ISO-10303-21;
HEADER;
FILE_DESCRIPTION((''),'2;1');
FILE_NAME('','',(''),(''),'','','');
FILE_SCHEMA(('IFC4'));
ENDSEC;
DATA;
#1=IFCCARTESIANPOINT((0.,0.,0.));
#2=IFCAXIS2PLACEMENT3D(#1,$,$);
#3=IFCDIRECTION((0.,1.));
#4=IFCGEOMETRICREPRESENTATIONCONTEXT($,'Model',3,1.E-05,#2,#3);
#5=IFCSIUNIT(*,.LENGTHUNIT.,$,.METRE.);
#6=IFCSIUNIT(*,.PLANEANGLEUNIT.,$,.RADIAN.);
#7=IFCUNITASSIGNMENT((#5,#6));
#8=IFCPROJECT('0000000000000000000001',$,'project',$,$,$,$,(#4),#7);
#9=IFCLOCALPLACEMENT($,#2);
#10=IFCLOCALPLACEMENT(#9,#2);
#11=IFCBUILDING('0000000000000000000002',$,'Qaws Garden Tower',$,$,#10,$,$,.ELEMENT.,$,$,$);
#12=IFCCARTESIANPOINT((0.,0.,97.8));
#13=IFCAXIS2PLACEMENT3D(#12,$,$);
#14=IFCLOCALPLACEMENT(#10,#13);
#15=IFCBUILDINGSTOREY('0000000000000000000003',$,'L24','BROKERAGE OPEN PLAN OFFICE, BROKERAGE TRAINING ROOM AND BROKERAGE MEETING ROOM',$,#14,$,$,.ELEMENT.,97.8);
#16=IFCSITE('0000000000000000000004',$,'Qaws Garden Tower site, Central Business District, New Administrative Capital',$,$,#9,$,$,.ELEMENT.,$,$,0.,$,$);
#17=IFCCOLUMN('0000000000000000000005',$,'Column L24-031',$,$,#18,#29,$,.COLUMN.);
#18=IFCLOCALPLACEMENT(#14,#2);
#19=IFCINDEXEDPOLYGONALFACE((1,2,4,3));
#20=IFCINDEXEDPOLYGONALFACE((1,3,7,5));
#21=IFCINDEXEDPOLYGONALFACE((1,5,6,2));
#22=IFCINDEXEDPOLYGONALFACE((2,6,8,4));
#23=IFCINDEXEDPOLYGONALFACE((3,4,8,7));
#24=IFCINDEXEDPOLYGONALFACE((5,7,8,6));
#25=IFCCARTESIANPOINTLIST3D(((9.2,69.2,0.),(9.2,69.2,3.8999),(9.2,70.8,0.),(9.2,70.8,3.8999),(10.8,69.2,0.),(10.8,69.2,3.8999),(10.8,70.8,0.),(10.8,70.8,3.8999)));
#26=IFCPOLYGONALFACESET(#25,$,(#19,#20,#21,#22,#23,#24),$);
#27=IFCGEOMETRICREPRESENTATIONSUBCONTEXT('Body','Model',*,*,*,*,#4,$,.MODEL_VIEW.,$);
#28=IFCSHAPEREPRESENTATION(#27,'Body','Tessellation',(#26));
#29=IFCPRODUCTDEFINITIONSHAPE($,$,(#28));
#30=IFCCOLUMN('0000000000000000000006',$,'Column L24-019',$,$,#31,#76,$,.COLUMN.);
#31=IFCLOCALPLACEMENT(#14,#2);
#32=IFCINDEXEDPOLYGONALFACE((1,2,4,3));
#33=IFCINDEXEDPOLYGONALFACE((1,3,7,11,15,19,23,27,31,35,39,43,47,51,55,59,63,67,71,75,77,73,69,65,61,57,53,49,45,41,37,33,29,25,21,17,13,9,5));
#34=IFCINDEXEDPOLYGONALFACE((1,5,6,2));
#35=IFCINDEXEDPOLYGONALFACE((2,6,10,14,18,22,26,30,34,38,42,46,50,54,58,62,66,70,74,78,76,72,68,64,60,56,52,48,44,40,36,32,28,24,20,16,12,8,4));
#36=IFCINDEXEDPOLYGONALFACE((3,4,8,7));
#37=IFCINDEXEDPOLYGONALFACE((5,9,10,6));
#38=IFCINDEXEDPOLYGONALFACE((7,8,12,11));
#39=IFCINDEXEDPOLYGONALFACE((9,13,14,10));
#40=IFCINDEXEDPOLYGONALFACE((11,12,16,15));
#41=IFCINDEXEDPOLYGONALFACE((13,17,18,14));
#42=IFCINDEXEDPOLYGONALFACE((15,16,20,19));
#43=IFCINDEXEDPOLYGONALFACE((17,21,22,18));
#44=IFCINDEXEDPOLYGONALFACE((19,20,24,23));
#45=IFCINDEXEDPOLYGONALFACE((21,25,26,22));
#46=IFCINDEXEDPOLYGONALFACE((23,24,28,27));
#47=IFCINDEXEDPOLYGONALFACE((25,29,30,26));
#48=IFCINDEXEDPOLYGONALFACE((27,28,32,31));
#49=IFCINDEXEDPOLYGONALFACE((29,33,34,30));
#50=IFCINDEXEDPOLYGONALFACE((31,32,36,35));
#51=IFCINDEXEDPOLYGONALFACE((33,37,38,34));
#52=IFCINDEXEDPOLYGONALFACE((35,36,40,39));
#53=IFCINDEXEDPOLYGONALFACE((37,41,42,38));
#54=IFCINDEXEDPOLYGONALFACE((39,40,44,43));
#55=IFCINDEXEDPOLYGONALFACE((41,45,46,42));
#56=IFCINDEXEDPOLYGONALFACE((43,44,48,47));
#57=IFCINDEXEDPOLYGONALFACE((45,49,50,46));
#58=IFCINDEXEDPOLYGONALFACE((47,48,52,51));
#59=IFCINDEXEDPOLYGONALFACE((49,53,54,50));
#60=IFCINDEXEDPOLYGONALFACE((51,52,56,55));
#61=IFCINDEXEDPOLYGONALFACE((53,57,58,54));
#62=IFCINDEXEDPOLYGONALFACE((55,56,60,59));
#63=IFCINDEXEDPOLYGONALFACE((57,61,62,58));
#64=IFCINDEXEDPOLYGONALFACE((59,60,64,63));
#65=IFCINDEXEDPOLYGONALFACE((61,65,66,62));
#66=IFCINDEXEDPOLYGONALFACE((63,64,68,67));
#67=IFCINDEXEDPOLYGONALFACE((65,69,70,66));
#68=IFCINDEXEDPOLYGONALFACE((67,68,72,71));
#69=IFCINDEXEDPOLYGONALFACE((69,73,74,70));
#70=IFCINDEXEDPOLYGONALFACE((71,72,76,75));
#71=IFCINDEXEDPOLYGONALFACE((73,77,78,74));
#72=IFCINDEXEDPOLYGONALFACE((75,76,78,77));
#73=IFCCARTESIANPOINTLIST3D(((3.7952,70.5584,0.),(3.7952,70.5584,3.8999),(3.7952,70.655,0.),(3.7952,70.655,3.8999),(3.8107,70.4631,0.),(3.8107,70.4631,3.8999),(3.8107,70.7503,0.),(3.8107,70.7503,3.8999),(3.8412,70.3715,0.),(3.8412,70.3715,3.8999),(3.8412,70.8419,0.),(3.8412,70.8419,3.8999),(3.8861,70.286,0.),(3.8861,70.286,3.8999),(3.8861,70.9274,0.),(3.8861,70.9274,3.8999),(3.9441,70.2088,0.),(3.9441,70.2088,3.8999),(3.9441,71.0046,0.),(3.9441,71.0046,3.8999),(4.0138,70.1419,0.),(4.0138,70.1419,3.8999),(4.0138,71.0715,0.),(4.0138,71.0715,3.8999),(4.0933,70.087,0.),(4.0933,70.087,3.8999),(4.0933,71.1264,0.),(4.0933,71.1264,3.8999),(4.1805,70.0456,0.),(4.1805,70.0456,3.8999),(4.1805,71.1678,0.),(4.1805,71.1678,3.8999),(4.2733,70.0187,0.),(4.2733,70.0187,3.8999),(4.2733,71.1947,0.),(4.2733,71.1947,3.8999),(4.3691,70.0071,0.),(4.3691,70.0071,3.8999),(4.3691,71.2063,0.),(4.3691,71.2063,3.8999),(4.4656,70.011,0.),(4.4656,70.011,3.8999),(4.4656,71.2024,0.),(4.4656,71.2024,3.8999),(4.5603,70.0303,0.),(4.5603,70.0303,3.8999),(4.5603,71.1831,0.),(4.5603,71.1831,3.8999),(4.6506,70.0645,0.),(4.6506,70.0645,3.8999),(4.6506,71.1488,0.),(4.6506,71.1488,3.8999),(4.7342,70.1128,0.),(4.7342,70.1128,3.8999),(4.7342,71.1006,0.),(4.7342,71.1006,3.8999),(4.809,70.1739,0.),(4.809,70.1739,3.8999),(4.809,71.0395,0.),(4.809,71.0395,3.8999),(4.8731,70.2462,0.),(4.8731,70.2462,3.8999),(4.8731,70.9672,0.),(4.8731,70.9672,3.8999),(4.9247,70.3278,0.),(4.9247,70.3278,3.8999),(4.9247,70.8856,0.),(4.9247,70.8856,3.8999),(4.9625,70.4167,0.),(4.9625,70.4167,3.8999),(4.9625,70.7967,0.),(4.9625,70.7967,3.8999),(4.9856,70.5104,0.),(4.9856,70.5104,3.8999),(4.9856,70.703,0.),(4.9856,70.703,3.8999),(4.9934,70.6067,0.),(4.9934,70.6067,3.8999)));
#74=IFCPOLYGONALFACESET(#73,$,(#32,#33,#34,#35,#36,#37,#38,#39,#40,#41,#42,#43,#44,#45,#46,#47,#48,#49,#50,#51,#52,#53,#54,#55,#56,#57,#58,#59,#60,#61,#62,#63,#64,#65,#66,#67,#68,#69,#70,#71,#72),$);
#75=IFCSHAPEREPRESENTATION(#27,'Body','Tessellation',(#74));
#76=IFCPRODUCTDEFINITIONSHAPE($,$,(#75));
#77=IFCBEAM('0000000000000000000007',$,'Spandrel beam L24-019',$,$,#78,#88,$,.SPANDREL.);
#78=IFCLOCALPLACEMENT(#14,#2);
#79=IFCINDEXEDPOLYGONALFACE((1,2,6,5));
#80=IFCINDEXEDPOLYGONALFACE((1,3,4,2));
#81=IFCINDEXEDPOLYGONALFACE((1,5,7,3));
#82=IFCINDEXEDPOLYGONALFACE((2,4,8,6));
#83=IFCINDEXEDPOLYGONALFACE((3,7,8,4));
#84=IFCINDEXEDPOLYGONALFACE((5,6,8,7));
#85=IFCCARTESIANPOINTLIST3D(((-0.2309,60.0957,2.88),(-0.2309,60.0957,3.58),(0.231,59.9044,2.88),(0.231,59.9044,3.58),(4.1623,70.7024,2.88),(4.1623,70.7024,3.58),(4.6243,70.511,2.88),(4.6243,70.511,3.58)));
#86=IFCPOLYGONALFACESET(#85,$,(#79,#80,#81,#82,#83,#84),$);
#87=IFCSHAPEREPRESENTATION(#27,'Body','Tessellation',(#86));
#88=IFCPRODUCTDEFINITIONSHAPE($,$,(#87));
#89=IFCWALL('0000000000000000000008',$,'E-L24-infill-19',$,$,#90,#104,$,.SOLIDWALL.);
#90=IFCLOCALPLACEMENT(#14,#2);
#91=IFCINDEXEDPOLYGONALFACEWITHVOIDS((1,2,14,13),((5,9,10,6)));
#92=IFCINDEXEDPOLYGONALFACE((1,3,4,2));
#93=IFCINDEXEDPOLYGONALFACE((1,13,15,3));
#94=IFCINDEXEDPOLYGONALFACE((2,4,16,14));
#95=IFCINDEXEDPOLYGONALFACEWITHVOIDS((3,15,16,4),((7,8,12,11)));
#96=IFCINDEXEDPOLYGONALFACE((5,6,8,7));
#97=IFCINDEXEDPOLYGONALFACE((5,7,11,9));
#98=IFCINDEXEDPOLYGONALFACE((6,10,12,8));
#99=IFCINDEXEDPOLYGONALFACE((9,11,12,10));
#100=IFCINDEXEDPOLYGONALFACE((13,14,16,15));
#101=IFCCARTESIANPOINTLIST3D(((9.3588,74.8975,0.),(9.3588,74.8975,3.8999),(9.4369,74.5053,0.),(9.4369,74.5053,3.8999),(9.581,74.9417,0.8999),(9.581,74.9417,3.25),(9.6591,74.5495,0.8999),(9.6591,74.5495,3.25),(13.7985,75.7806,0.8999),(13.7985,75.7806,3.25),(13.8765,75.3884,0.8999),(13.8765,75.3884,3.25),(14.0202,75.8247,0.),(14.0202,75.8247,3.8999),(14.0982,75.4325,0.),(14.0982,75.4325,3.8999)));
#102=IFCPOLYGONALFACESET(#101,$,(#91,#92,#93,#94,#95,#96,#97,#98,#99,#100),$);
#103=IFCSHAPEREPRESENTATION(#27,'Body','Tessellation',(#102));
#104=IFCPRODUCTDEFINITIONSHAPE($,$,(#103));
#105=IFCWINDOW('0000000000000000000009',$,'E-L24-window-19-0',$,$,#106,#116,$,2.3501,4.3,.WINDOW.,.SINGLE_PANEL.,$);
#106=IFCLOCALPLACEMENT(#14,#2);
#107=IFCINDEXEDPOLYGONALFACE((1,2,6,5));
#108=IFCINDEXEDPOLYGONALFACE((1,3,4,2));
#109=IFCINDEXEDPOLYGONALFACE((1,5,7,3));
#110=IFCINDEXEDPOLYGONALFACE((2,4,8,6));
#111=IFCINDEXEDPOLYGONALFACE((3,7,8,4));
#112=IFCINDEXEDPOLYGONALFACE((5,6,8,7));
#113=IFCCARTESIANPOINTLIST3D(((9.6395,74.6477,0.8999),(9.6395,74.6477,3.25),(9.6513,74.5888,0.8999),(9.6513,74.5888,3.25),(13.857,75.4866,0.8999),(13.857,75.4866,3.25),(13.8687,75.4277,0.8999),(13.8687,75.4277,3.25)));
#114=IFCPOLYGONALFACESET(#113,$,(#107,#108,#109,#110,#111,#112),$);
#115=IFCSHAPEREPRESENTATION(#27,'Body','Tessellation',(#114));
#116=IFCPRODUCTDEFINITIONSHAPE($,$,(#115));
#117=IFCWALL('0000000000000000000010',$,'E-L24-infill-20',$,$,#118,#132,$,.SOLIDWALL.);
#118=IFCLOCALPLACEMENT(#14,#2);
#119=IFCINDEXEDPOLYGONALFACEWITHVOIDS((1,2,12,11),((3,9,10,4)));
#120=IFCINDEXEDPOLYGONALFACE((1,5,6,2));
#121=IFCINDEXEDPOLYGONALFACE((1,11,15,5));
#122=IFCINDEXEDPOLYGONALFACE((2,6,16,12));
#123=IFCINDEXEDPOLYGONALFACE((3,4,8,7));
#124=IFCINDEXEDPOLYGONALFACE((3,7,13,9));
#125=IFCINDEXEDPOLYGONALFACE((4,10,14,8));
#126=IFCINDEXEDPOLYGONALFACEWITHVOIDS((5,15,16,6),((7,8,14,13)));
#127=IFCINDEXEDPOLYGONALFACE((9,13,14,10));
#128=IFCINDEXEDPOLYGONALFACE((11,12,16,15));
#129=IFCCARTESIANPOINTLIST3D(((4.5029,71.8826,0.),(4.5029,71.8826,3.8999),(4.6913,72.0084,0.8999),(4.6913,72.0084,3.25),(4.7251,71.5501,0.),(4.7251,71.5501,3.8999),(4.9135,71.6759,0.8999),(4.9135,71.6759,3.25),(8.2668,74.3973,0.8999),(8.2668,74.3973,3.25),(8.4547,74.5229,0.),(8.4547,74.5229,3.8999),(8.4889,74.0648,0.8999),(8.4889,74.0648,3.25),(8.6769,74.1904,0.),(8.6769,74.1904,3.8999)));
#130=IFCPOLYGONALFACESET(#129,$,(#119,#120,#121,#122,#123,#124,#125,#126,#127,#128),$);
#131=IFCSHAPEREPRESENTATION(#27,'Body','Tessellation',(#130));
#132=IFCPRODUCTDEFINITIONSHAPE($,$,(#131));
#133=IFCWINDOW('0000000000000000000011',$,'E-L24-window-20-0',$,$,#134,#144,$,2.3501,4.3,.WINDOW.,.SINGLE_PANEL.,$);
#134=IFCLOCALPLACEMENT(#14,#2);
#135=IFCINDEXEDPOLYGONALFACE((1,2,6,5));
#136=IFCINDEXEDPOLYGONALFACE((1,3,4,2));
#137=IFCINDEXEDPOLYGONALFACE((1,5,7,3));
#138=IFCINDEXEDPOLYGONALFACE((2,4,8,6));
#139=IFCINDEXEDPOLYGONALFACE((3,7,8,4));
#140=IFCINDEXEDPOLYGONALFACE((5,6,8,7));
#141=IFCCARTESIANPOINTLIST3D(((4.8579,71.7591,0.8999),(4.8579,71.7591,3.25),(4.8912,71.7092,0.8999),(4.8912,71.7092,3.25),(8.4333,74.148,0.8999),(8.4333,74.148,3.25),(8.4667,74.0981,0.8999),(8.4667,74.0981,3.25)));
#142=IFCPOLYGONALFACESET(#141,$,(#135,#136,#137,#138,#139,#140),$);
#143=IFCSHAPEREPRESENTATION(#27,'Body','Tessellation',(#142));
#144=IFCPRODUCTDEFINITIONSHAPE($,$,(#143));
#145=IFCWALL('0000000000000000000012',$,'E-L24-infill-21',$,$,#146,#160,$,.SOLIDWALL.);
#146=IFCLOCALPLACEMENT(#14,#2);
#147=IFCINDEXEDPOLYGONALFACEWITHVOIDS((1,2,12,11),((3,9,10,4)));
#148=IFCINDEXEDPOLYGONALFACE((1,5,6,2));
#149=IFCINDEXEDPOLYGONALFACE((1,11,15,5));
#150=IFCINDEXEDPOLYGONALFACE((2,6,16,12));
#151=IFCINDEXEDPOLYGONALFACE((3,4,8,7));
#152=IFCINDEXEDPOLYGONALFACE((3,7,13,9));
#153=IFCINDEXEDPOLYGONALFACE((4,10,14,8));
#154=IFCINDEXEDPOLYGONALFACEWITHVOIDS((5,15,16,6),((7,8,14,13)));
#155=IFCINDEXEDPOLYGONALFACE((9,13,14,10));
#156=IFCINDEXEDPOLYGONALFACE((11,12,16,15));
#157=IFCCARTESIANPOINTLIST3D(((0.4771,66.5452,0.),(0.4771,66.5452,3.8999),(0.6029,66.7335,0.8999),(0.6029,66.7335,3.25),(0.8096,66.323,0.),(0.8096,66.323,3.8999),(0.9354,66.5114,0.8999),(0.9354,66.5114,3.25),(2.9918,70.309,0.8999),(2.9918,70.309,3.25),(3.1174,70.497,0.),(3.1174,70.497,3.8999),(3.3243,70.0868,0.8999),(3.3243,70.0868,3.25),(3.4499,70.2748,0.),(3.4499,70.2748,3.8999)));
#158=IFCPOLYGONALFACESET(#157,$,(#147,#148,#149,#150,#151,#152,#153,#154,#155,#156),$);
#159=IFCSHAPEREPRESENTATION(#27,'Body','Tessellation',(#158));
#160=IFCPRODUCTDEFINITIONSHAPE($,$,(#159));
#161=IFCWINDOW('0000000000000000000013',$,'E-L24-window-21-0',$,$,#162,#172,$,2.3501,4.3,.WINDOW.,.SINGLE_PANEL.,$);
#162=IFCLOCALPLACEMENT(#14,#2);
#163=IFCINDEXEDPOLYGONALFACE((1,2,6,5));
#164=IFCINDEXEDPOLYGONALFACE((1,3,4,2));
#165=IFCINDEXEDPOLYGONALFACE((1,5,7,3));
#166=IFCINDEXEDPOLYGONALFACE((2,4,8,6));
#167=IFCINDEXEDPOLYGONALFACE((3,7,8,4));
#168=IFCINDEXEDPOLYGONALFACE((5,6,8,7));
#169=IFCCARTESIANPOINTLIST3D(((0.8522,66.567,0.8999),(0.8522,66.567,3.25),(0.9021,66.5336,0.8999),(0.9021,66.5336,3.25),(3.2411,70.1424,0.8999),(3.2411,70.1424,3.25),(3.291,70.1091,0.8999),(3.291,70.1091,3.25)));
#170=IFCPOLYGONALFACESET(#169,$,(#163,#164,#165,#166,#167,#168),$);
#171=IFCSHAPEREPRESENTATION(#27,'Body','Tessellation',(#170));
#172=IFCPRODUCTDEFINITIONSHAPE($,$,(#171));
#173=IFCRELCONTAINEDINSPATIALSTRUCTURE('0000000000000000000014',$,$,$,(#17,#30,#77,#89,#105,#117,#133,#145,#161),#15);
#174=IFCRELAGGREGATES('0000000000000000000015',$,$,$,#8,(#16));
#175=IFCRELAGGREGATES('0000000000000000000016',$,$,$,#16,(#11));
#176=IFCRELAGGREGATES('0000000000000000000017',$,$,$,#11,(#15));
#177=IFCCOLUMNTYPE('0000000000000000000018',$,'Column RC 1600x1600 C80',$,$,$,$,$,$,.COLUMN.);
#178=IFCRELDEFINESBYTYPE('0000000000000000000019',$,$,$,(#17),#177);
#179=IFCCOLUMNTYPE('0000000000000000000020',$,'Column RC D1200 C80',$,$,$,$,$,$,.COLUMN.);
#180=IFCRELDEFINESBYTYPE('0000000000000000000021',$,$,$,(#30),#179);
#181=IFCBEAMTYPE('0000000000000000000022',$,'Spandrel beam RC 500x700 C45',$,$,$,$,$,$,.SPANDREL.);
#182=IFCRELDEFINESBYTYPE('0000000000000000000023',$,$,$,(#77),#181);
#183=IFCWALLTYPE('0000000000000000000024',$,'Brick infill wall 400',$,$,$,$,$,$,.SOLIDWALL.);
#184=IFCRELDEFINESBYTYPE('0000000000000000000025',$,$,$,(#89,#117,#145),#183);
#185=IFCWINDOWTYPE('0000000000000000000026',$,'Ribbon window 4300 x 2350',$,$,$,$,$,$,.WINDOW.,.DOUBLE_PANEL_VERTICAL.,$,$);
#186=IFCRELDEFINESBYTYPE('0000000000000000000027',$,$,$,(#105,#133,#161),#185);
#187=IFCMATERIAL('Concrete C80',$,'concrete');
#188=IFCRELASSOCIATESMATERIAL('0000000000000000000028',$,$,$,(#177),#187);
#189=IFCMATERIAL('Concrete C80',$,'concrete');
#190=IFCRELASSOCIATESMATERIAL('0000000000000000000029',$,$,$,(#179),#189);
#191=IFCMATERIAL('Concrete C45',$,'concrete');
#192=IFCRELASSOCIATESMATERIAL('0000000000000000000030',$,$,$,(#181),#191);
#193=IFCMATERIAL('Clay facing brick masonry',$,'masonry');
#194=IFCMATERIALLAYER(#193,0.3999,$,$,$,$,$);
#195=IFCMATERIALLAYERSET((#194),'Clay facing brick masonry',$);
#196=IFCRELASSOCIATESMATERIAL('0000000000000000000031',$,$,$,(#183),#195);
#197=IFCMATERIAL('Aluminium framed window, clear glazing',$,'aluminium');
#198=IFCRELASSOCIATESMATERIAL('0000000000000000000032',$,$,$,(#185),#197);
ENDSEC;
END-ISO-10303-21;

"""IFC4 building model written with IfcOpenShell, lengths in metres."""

from ifc_helpers import new_model, si_unit, direction, frame, frame_2d, origin, origin_2d, place, context, subcontext, project, spatial, rectangle, circle, extrude, material, layer, layer_set, material_profile, profile_set, type_object, element, fill, save


model = new_model("IFC4")

# Units and contexts
model_context = context("Model", 3, precision=1e-05, world=origin(), true_north=direction((0.0, 1.0)))
body_context = subcontext(model_context, "Body", "Model", "MODEL_VIEW")
ifc_project = project(units=[si_unit("LENGTHUNIT", "METRE"), si_unit("PLANEANGLEUNIT", "RADIAN")], contexts=[model_context])

# Site, building, storey
site_placement = place(None, origin())
site = spatial("IfcSite", under=ifc_project, at=site_placement, Name="Qaws Garden Tower site, Central Business District, New Administrative Capital", CompositionType="ELEMENT", RefElevation=0.0)
building_placement = place(site_placement, origin())
building = spatial("IfcBuilding", under=site, at=building_placement, Name="Qaws Garden Tower", CompositionType="ELEMENT")
storey_placement = place(building_placement, frame((0.0, 0.0, 97.8)))
storey = spatial("IfcBuildingStorey", under=building, at=storey_placement, Name="L24", Description="BROKERAGE OPEN PLAN OFFICE, BROKERAGE TRAINING ROOM AND BROKERAGE MEETING ROOM", CompositionType="ELEMENT", Elevation=97.8)

# Columns
ifc_material_1 = material(Name="Concrete C80", Category="concrete")
ifc_material_profile_1 = material_profile(ifc_material_1, rectangle(XDim=1.6001, YDim=1.6001, at=origin_2d()), Name="RC 1600x1600")
ifc_profile_set_1 = profile_set([ifc_material_profile_1], Name="Concrete C80")
column_type_1 = type_object("IfcColumnType", Name="Column RC 1600x1600 C80", PredefinedType="COLUMN", material=ifc_profile_set_1)
column_1_placement = place(storey_placement, frame((10.0, 70.0, 0.0), z_axis=(0.0, 0.0, 1.0), x_axis=(1.0, 0.0, 0.0)))
element("IfcColumn", 1, at=column_1_placement, inside=storey, type_object=column_type_1, Name="Column L24-031", PredefinedType="COLUMN", context=body_context, shape_type="SweptSolid", body=[
    extrude(rectangle(XDim=1.6001, YDim=1.6001, at=origin_2d()), origin(), (0.0, 0.0, 1.0), 3.8999),
])
ifc_material_2 = material(Name="Concrete C80", Category="concrete")
ifc_material_profile_2 = material_profile(ifc_material_2, circle(Radius=0.6001, at=origin_2d()), Name="RC D1200")
ifc_profile_set_2 = profile_set([ifc_material_profile_2], Name="Concrete C80")
column_type_2 = type_object("IfcColumnType", Name="Column RC D1200 C80", PredefinedType="COLUMN", material=ifc_profile_set_2)
column_2_placement = place(storey_placement, frame((4.3933, 70.6067, 0.0), z_axis=(0.0, 0.0, 1.0), x_axis=(1.0, 0.0, 0.0)))
element("IfcColumn", 2, at=column_2_placement, inside=storey, type_object=column_type_2, Name="Column L24-019", PredefinedType="COLUMN", context=body_context, shape_type="SweptSolid", body=[
    extrude(circle(Radius=0.6001, at=origin_2d()), origin(), (0.0, 0.0, 1.0), 3.8999),
])

# Beam
ifc_material_3 = material(Name="Concrete C45", Category="concrete")
ifc_material_profile_3 = material_profile(ifc_material_3, rectangle(XDim=0.5, YDim=0.7, at=origin_2d()), Name="RC 500x700")
ifc_profile_set_3 = profile_set([ifc_material_profile_3], Name="Concrete C45")
beam_type = type_object("IfcBeamType", Name="Spandrel beam RC 500x700 C45", PredefinedType="SPANDREL", material=ifc_profile_set_3)
beam_placement = place(storey_placement, frame((4.3933, 70.6067, 3.23), z_axis=(-0.382674, -0.923883, 0.0), x_axis=(0.923883, -0.382674, 0.0)))
element("IfcBeam", 3, at=beam_placement, inside=storey, type_object=beam_type, Name="Spandrel beam L24-019", PredefinedType="SPANDREL", context=body_context, shape_type="SweptSolid", body=[
    extrude(rectangle(XDim=0.5, YDim=0.7, at=origin_2d()), origin(), (0.0, 0.0, 1.0), 11.4805),
])

# Walls, openings, windows
ifc_material_4 = material(Name="Clay facing brick masonry", Category="masonry")
ifc_layer_1 = layer(ifc_material_4, 0.3999)
ifc_layer_set_1 = layer_set([ifc_layer_1], Name="Clay facing brick masonry")
wall_type_1 = type_object("IfcWallType", Name="Brick infill wall 400", PredefinedType="SOLIDWALL", material=ifc_layer_set_1)
wall_1_placement = place(storey_placement, frame((14.0593, 75.6287, 0.0), z_axis=(0.0, 0.0, 1.0), x_axis=(-0.980784, -0.195099, 0.0)))
wall_1 = element("IfcWall", 4, at=wall_1_placement, inside=storey, type_object=wall_type_1, Name="E-L24-infill-19", PredefinedType="SOLIDWALL", context=body_context, shape_type="SweptSolid", body=[
    extrude(rectangle(XDim=4.7527, YDim=0.3999, at=frame_2d((2.3765, 0.0))), origin(), (0.0, 0.0, 1.0), 3.8999),
])
opening_1_placement = place(wall_1_placement, frame((0.2263, 0.0, 0.8999)))
opening_1 = element("IfcOpeningElement", 5, at=opening_1_placement, cuts=wall_1, PredefinedType="OPENING", context=body_context, shape_type="SweptSolid", body=[
    extrude(rectangle(XDim=4.3, YDim=2.3501, at=frame_2d((2.1499, 1.175))), frame((0.0, 0.21, 0.0), z_axis=(0.0, -1.0, 0.0), x_axis=(1.0, 0.0, 0.0)), (0.0, 0.0, 1.0), 0.4199),
])
ifc_material_5 = material(Name="Aluminium framed window, clear glazing", Category="aluminium")
window_type = type_object("IfcWindowType", Name="Ribbon window 4300 x 2350", PartitioningType="DOUBLE_PANEL_VERTICAL", PredefinedType="WINDOW", material=ifc_material_5)
window_1_placement = place(opening_1_placement, origin())
window_1 = element("IfcWindow", 6, at=window_1_placement, inside=storey, type_object=window_type, Name="E-L24-window-19-0", OverallHeight=2.3501, OverallWidth=4.3, PartitioningType="SINGLE_PANEL", PredefinedType="WINDOW", context=body_context, shape_type="SweptSolid", body=[
    extrude(rectangle(XDim=4.3, YDim=2.3501, at=frame_2d((2.1499, 1.175))), frame((0.0, 0.1599, 0.0), z_axis=(0.0, -1.0, 0.0), x_axis=(1.0, 0.0, 0.0)), (0.0, 0.0, 1.0), 0.0601),
])
fill(opening_1, window_1)
wall_2_placement = place(storey_placement, frame((8.5659, 74.3567, 0.0), z_axis=(0.0, 0.0, 1.0), x_axis=(-0.831489, -0.555542, 0.0)))
wall_2 = element("IfcWall", 7, at=wall_2_placement, inside=storey, type_object=wall_type_1, Name="E-L24-infill-20", PredefinedType="SOLIDWALL", context=body_context, shape_type="SweptSolid", body=[
    extrude(rectangle(XDim=4.7527, YDim=0.3999, at=frame_2d((2.3765, 0.0))), origin(), (0.0, 0.0, 1.0), 3.8999),
])
opening_2_placement = place(wall_2_placement, frame((0.2263, 0.0, 0.8999)))
opening_2 = element("IfcOpeningElement", 8, at=opening_2_placement, cuts=wall_2, PredefinedType="OPENING", context=body_context, shape_type="SweptSolid", body=[
    extrude(rectangle(XDim=4.3, YDim=2.3501, at=frame_2d((2.1499, 1.175))), frame((0.0, 0.21, 0.0), z_axis=(0.0, -1.0, 0.0), x_axis=(1.0, 0.0, 0.0)), (0.0, 0.0, 1.0), 0.4199),
])
window_2_placement = place(opening_2_placement, origin())
window_2 = element("IfcWindow", 9, at=window_2_placement, inside=storey, type_object=window_type, Name="E-L24-window-20-0", OverallHeight=2.3501, OverallWidth=4.3, PartitioningType="SINGLE_PANEL", PredefinedType="WINDOW", context=body_context, shape_type="SweptSolid", body=[
    extrude(rectangle(XDim=4.3, YDim=2.3501, at=frame_2d((2.1499, 1.175))), frame((0.0, 0.1599, 0.0), z_axis=(0.0, -1.0, 0.0), x_axis=(1.0, 0.0, 0.0)), (0.0, 0.0, 1.0), 0.0601),
])
fill(opening_2, window_2)
wall_3_placement = place(storey_placement, frame((3.2837, 70.386, 0.0), z_axis=(0.0, 0.0, 1.0), x_axis=(-0.555542, -0.831489, 0.0)))
wall_3 = element("IfcWall", 10, at=wall_3_placement, inside=storey, type_object=wall_type_1, Name="E-L24-infill-21", PredefinedType="SOLIDWALL", context=body_context, shape_type="SweptSolid", body=[
    extrude(rectangle(XDim=4.7527, YDim=0.3999, at=frame_2d((2.3765, 0.0))), origin(), (0.0, 0.0, 1.0), 3.8999),
])
opening_3_placement = place(wall_3_placement, frame((0.2263, 0.0, 0.8999)))
opening_3 = element("IfcOpeningElement", 11, at=opening_3_placement, cuts=wall_3, PredefinedType="OPENING", context=body_context, shape_type="SweptSolid", body=[
    extrude(rectangle(XDim=4.3, YDim=2.3501, at=frame_2d((2.1499, 1.175))), frame((0.0, 0.21, 0.0), z_axis=(0.0, -1.0, 0.0), x_axis=(1.0, 0.0, 0.0)), (0.0, 0.0, 1.0), 0.4199),
])
window_3_placement = place(opening_3_placement, origin())
window_3 = element("IfcWindow", 12, at=window_3_placement, inside=storey, type_object=window_type, Name="E-L24-window-21-0", OverallHeight=2.3501, OverallWidth=4.3, PartitioningType="SINGLE_PANEL", PredefinedType="WINDOW", context=body_context, shape_type="SweptSolid", body=[
    extrude(rectangle(XDim=4.3, YDim=2.3501, at=frame_2d((2.1499, 1.175))), frame((0.0, 0.1599, 0.0), z_axis=(0.0, -1.0, 0.0), x_axis=(1.0, 0.0, 0.0)), (0.0, 0.0, 1.0), 0.0601),
])
fill(opening_3, window_3)

save(model, "model.ifc")
